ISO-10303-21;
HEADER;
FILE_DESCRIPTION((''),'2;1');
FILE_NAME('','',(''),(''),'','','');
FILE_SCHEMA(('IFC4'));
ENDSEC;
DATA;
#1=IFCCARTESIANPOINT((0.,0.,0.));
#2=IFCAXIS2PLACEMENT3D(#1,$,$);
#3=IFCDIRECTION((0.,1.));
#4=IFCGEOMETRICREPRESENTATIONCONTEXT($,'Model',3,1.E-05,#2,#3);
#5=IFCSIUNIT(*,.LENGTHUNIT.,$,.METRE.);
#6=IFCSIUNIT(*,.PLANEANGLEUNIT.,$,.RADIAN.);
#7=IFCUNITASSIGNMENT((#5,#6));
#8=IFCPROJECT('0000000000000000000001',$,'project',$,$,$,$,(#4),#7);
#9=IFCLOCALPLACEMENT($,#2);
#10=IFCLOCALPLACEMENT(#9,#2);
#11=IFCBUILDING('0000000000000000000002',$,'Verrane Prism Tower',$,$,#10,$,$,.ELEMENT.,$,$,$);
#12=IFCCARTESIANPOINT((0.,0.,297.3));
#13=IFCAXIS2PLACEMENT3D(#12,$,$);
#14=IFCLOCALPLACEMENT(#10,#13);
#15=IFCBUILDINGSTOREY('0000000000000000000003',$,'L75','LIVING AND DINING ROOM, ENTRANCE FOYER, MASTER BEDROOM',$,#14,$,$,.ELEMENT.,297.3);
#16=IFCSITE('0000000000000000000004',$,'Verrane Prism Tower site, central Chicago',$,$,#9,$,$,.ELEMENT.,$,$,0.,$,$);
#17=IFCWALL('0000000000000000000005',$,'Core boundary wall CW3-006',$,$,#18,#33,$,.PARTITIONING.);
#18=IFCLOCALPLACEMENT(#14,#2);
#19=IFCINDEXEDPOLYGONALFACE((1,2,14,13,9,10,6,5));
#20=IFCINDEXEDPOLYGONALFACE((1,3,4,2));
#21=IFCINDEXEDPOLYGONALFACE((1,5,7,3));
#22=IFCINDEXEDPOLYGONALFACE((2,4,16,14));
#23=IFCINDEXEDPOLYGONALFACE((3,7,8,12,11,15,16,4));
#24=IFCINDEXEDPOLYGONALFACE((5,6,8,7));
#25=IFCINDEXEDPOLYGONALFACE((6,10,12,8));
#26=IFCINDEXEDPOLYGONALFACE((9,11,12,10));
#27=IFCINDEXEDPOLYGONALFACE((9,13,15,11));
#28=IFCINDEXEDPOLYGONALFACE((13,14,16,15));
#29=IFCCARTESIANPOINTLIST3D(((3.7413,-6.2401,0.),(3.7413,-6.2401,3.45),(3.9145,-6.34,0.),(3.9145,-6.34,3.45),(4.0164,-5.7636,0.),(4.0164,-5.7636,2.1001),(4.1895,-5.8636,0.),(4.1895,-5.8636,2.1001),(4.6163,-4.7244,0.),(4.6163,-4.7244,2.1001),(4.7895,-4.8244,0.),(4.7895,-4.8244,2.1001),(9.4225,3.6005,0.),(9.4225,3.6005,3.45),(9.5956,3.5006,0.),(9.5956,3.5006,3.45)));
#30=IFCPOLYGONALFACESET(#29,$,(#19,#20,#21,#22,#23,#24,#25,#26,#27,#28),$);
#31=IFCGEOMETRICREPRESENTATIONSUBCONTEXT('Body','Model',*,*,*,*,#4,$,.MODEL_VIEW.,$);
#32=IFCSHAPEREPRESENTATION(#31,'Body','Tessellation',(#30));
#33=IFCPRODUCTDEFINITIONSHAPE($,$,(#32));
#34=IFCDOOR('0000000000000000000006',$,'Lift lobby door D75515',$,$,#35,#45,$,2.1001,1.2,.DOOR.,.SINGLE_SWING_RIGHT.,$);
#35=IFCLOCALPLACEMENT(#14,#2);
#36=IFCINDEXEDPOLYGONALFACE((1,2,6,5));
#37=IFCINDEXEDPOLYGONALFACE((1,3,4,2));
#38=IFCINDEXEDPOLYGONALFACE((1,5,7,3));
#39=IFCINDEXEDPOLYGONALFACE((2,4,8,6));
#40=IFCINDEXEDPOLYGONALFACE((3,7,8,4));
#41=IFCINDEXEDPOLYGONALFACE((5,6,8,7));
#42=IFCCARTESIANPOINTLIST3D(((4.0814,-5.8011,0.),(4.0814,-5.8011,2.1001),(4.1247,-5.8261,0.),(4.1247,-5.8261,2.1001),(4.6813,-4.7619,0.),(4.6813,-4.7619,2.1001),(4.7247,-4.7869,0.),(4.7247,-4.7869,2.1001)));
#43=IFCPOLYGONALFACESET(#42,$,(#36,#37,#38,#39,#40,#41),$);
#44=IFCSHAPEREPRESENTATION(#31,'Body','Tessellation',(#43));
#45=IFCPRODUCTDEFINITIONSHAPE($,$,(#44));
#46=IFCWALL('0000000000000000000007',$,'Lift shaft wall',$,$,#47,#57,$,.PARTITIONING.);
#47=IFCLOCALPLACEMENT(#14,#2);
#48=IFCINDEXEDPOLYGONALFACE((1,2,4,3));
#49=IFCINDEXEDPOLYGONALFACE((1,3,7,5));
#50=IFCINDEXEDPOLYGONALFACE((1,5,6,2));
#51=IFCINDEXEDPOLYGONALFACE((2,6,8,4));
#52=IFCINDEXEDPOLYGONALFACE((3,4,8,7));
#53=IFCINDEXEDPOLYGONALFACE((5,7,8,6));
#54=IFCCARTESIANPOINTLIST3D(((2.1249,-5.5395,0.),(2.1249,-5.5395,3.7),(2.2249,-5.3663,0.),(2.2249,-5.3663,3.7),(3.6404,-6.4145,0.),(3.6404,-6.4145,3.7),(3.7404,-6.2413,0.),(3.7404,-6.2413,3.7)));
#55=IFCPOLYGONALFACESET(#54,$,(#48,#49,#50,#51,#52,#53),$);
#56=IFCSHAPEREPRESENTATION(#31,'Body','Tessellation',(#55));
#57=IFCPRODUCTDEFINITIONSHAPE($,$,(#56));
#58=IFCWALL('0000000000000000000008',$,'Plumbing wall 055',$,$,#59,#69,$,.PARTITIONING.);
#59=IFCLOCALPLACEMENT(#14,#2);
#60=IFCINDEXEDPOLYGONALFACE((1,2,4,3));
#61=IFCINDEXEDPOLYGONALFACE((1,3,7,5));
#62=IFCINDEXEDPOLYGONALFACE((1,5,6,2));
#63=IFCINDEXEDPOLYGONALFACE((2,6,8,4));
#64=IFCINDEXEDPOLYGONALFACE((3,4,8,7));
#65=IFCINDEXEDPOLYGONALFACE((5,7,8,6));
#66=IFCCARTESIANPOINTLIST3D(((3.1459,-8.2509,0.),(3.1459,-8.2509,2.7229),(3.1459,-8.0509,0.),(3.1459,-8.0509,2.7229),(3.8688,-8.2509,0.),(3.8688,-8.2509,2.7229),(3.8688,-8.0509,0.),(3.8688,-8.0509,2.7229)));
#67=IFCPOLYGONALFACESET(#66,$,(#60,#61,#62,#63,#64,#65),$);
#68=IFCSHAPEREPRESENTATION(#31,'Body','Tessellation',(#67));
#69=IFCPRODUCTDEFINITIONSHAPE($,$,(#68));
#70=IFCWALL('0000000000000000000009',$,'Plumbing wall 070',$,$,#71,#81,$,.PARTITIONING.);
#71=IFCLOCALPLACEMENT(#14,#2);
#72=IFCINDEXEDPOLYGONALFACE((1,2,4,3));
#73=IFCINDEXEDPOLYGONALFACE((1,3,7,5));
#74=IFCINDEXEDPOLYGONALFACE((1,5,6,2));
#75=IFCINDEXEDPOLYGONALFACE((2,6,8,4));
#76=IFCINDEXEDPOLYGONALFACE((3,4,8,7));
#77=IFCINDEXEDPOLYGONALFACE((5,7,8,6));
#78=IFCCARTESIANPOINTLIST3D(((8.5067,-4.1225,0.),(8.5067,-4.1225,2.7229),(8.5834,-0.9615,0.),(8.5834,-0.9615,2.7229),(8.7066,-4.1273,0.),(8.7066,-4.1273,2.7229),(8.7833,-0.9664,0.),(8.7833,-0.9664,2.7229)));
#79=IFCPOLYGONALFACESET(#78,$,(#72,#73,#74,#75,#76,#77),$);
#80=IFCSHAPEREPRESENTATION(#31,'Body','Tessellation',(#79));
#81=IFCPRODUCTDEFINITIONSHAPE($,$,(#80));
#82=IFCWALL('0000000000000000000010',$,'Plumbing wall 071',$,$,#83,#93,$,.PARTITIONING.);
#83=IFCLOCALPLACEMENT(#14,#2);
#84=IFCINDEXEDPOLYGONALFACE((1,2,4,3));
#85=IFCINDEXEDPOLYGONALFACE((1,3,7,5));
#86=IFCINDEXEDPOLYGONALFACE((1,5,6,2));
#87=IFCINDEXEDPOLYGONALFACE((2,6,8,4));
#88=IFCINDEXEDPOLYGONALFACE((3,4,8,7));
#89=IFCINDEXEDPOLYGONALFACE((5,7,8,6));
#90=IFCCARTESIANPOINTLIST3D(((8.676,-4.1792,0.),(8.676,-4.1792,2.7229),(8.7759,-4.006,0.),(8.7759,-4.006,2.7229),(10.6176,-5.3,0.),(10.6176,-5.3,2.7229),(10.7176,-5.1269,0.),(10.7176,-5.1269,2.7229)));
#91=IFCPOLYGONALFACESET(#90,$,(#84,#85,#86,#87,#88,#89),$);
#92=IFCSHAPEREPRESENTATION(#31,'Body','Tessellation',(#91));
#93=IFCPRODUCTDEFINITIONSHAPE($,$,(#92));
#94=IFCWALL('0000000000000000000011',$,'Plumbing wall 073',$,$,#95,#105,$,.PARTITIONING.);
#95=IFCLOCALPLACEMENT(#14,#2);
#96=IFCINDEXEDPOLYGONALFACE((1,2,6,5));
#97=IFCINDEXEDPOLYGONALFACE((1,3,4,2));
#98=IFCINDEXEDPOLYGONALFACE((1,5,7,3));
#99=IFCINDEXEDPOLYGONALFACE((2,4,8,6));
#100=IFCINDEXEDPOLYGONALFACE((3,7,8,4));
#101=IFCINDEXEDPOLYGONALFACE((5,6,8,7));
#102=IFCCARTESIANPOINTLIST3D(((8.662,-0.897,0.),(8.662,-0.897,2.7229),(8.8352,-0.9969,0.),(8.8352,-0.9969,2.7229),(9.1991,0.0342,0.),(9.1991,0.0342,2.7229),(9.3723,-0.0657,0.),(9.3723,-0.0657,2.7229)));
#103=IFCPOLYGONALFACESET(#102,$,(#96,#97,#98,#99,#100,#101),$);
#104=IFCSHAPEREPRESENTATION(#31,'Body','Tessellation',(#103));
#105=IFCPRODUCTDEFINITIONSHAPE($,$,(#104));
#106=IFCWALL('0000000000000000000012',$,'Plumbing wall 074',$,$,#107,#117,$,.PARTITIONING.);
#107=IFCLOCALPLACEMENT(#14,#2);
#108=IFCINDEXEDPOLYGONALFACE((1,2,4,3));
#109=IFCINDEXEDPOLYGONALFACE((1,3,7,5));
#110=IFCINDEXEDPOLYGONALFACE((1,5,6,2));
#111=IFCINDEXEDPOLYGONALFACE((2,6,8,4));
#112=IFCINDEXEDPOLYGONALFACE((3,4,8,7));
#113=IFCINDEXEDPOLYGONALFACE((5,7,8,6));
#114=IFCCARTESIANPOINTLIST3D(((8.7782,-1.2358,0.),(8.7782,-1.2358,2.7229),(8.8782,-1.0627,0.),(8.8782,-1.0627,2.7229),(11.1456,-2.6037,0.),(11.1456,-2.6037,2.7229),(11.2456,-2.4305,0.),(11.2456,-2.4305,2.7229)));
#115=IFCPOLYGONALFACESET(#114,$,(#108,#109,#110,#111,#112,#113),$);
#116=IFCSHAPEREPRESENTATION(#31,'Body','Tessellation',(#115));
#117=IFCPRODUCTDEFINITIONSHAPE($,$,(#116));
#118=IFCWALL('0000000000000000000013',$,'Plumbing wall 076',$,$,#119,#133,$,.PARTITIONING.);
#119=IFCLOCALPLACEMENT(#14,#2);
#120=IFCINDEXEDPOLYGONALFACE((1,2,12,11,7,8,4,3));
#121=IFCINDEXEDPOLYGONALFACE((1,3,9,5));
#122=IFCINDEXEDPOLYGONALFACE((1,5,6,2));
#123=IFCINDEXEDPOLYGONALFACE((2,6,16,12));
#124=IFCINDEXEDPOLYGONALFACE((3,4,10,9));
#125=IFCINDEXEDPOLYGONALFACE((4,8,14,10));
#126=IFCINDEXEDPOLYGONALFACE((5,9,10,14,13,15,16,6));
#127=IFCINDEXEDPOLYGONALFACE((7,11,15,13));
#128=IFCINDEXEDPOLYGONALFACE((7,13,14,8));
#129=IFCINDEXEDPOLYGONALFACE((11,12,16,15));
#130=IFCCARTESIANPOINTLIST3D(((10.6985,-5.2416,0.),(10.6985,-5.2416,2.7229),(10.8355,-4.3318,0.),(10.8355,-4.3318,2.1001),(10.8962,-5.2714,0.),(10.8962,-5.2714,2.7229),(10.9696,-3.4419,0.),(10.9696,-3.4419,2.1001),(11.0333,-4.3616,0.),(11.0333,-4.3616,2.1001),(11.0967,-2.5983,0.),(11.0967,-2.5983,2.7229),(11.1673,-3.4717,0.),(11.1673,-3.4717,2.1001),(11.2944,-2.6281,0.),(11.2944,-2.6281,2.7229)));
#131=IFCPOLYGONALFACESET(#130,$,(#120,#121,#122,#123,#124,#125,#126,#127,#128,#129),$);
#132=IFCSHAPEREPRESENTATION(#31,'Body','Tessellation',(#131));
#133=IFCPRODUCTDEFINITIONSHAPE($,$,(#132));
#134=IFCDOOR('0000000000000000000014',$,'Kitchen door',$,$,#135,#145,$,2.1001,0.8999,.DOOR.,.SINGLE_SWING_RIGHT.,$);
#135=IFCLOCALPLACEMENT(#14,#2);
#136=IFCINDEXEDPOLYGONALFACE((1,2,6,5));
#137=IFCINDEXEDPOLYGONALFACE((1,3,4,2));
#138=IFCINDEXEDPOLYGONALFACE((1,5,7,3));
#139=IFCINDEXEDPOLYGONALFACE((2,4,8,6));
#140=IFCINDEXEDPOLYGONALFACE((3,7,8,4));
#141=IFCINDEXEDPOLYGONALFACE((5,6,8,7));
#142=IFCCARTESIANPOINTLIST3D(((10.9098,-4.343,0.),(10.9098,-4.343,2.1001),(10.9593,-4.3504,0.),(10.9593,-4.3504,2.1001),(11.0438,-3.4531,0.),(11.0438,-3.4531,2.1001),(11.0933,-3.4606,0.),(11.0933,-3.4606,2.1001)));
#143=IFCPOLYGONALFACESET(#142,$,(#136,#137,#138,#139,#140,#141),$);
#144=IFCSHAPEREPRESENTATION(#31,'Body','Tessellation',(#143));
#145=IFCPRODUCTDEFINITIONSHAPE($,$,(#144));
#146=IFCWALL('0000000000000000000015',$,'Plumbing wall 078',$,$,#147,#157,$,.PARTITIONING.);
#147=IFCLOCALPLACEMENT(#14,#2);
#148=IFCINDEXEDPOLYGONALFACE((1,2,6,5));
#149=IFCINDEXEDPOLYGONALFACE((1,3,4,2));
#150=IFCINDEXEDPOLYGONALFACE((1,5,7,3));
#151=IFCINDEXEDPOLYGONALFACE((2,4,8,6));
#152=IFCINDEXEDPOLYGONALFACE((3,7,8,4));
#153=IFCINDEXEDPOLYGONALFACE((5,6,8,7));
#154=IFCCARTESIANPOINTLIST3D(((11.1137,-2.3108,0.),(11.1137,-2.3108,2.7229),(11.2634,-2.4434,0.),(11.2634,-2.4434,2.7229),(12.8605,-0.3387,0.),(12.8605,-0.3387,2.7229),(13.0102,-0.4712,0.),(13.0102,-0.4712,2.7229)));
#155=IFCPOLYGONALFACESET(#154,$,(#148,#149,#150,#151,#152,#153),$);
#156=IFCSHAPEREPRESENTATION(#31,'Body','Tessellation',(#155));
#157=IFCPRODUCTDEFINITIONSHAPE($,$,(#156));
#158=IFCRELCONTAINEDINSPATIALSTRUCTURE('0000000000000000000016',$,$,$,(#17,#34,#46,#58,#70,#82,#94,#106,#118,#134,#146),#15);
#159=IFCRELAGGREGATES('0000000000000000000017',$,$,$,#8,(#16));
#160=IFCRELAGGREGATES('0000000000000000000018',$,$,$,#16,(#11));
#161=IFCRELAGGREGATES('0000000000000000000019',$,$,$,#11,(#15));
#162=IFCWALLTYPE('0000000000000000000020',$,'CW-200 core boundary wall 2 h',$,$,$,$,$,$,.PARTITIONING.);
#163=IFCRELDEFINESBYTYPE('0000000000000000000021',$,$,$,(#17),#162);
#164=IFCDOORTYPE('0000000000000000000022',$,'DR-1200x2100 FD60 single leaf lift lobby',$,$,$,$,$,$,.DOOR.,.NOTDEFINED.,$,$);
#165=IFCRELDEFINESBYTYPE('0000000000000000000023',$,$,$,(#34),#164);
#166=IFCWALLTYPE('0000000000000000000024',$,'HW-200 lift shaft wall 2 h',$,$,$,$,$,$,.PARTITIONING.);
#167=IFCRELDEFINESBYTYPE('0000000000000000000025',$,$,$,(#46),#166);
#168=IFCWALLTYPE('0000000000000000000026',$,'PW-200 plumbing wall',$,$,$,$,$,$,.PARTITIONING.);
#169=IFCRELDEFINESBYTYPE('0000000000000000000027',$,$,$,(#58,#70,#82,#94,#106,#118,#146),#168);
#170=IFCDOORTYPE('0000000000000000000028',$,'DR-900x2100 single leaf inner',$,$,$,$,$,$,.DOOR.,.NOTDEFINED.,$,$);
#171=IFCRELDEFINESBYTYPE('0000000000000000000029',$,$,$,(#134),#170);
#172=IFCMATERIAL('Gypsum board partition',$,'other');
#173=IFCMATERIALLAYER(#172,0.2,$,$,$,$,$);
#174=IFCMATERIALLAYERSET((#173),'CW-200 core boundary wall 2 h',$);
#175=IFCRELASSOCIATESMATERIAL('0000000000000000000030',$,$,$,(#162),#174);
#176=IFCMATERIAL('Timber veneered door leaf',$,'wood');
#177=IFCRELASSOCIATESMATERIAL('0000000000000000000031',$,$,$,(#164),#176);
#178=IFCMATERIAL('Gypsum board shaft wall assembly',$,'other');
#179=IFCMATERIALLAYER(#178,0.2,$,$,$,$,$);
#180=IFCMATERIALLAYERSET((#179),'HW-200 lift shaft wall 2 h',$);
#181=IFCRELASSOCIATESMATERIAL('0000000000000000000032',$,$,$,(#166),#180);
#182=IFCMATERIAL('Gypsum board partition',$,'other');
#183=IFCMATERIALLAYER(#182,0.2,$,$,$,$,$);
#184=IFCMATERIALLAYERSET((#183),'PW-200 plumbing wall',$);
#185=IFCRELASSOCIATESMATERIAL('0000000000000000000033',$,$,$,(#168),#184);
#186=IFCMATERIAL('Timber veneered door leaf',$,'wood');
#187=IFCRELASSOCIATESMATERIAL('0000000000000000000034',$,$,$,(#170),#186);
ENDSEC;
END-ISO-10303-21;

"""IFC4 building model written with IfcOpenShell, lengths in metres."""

from ifc_helpers import new_model, si_unit, direction, frame, frame_2d, origin, place, context, subcontext, project, spatial, rectangle, extrude, material, layer, layer_set, type_object, element, fill, save


model = new_model("IFC4")

# Units and contexts
model_context = context("Model", 3, precision=1e-05, world=origin(), true_north=direction((0.0, 1.0)))
body_context = subcontext(model_context, "Body", "Model", "MODEL_VIEW")
ifc_project = project(units=[si_unit("LENGTHUNIT", "METRE"), si_unit("PLANEANGLEUNIT", "RADIAN")], contexts=[model_context])

# Site, building, storey
site_placement = place(None, origin())
site = spatial("IfcSite", under=ifc_project, at=site_placement, Name="Verrane Prism Tower site, central Chicago", CompositionType="ELEMENT", RefElevation=0.0)
building_placement = place(site_placement, origin())
building = spatial("IfcBuilding", under=site, at=building_placement, Name="Verrane Prism Tower", CompositionType="ELEMENT")
storey_placement = place(building_placement, frame((0.0, 0.0, 297.3)))
storey = spatial("IfcBuildingStorey", under=building, at=storey_placement, Name="L75", Description="LIVING AND DINING ROOM, ENTRANCE FOYER, MASTER BEDROOM", CompositionType="ELEMENT", Elevation=297.3)

# Wall, opening, door
ifc_material_1 = material(Name="Gypsum board partition", Category="other")
ifc_layer_1 = layer(ifc_material_1, 0.2)
ifc_layer_set_1 = layer_set([ifc_layer_1], Name="CW-200 core boundary wall 2 h")
wall_type_1 = type_object("IfcWallType", Name="CW-200 core boundary wall 2 h", PredefinedType="PARTITIONING", material=ifc_layer_set_1)
wall_1_placement = place(storey_placement, frame((3.8279, -6.29, 0.0), z_axis=(0.0, 0.0, 1.0), x_axis=(0.49998, 0.866037, 0.0)))
wall_1 = element("IfcWall", 1, at=wall_1_placement, inside=storey, type_object=wall_type_1, Name="Core boundary wall CW3-006", PredefinedType="PARTITIONING", context=body_context, shape_type="SweptSolid", body=[
    extrude(rectangle(XDim=11.3628, YDim=0.2, at=frame_2d((5.6814, 0.0))), origin(), (0.0, 0.0, 1.0), 3.45),
])
opening_1_placement = place(wall_1_placement, frame((0.55, 0.0, 0.0)))
opening_1 = element("IfcOpeningElement", 2, at=opening_1_placement, cuts=wall_1, PredefinedType="OPENING", context=body_context, shape_type="SweptSolid", body=[
    extrude(rectangle(XDim=1.2, YDim=2.1001, at=frame_2d((0.6001, 1.05))), frame((0.0, 0.1099, 0.0), z_axis=(0.0, -1.0, 0.0), x_axis=(1.0, 0.0, 0.0)), (0.0, 0.0, 1.0), 0.22),
])
ifc_material_2 = material(Name="Timber veneered door leaf", Category="wood")
door_type_1 = type_object("IfcDoorType", Name="DR-1200x2100 FD60 single leaf lift lobby", OperationType="NOTDEFINED", PredefinedType="DOOR", material=ifc_material_2)
door_1_placement = place(opening_1_placement, origin())
door_1 = element("IfcDoor", 3, at=door_1_placement, inside=storey, type_object=door_type_1, Name="Lift lobby door D75515", OperationType="SINGLE_SWING_RIGHT", OverallHeight=2.1001, OverallWidth=1.2, PredefinedType="DOOR", context=body_context, shape_type="SweptSolid", body=[
    extrude(rectangle(XDim=1.2, YDim=2.1001, at=frame_2d((0.6001, 1.05))), frame((0.0, 0.0249, 0.0), z_axis=(0.0, -1.0, 0.0), x_axis=(1.0, 0.0, 0.0)), (0.0, 0.0, 1.0), 0.05),
])
fill(opening_1, door_1)

# Walls
ifc_material_3 = material(Name="Gypsum board shaft wall assembly", Category="other")
ifc_layer_2 = layer(ifc_material_3, 0.2)
ifc_layer_set_2 = layer_set([ifc_layer_2], Name="HW-200 lift shaft wall 2 h")
wall_type_2 = type_object("IfcWallType", Name="HW-200 lift shaft wall 2 h", PredefinedType="PARTITIONING", material=ifc_layer_set_2)
wall_2_placement = place(storey_placement, frame((3.6904, -6.3279, 0.0), z_axis=(0.0, 0.0, 1.0), x_axis=(-0.866037, 0.49998, 0.0)))
element("IfcWall", 4, at=wall_2_placement, inside=storey, type_object=wall_type_2, Name="Lift shaft wall", PredefinedType="PARTITIONING", context=body_context, shape_type="SweptSolid", body=[
    extrude(rectangle(XDim=1.75, YDim=0.2, at=frame_2d((0.875, 0.0))), origin(), (0.0, 0.0, 1.0), 3.7),
])
ifc_material_4 = material(Name="Gypsum board partition", Category="other")
ifc_layer_3 = layer(ifc_material_4, 0.2)
ifc_layer_set_3 = layer_set([ifc_layer_3], Name="PW-200 plumbing wall")
wall_type_3 = type_object("IfcWallType", Name="PW-200 plumbing wall", PredefinedType="PARTITIONING", material=ifc_layer_set_3)
wall_3_placement = place(storey_placement, frame((3.146, -8.1509, 0.0), z_axis=(0.0, 0.0, 1.0), x_axis=(1.0, 0.0, 0.0)))
element("IfcWall", 5, at=wall_3_placement, inside=storey, type_object=wall_type_3, Name="Plumbing wall 055", PredefinedType="PARTITIONING", context=body_context, shape_type="SweptSolid", body=[
    extrude(rectangle(XDim=0.7229, YDim=0.2, at=frame_2d((0.3613, 0.0))), origin(), (0.0, 0.0, 1.0), 2.7229),
])
wall_4_placement = place(storey_placement, frame((8.6067, -4.125, 0.0), z_axis=(0.0, 0.0, 1.0), x_axis=(0.024246, 0.999706, 0.0)))
element("IfcWall", 6, at=wall_4_placement, inside=storey, type_object=wall_type_3, Name="Plumbing wall 070", PredefinedType="PARTITIONING", context=body_context, shape_type="SweptSolid", body=[
    extrude(rectangle(XDim=3.1619, YDim=0.2, at=frame_2d((1.5811, 0.0))), origin(), (0.0, 0.0, 1.0), 2.7229),
])
wall_5_placement = place(storey_placement, frame((8.7258, -4.0925, 0.0), z_axis=(0.0, 0.0, 1.0), x_axis=(0.866057, -0.499946, 0.0)))
element("IfcWall", 7, at=wall_5_placement, inside=storey, type_object=wall_type_3, Name="Plumbing wall 071", PredefinedType="PARTITIONING", context=body_context, shape_type="SweptSolid", body=[
    extrude(rectangle(XDim=2.2419, YDim=0.2, at=frame_2d((1.1211, 0.0))), origin(), (0.0, 0.0, 1.0), 2.7229),
])
wall_6_placement = place(storey_placement, frame((8.7485, -0.947, 0.0), z_axis=(0.0, 0.0, 1.0), x_axis=(0.499657, 0.866223, 0.0)))
element("IfcWall", 8, at=wall_6_placement, inside=storey, type_object=wall_type_3, Name="Plumbing wall 073", PredefinedType="PARTITIONING", context=body_context, shape_type="SweptSolid", body=[
    extrude(rectangle(XDim=1.075, YDim=0.2, at=frame_2d((0.5376, 0.0))), origin(), (0.0, 0.0, 1.0), 2.7229),
])
wall_7_placement = place(storey_placement, frame((8.8281, -1.1492, 0.0), z_axis=(0.0, 0.0, 1.0), x_axis=(0.865854, -0.500297, 0.0)))
element("IfcWall", 9, at=wall_7_placement, inside=storey, type_object=wall_type_3, Name="Plumbing wall 074", PredefinedType="PARTITIONING", context=body_context, shape_type="SweptSolid", body=[
    extrude(rectangle(XDim=2.7341, YDim=0.2, at=frame_2d((1.3672, 0.0))), origin(), (0.0, 0.0, 1.0), 2.7229),
])

# Wall, opening, door
wall_8_placement = place(storey_placement, frame((10.7974, -5.2563, 0.0), z_axis=(0.0, 0.0, 1.0), x_axis=(0.148961, 0.988843, 0.0)))
wall_8 = element("IfcWall", 10, at=wall_8_placement, inside=storey, type_object=wall_type_3, Name="Plumbing wall 076", PredefinedType="PARTITIONING", context=body_context, shape_type="SweptSolid", body=[
    extrude(rectangle(XDim=2.6731, YDim=0.2, at=frame_2d((1.3364, 0.0))), origin(), (0.0, 0.0, 1.0), 2.7229),
])
opening_2_placement = place(wall_8_placement, frame((0.9199, 0.0, 0.0)))
opening_2 = element("IfcOpeningElement", 11, at=opening_2_placement, cuts=wall_8, PredefinedType="OPENING", context=body_context, shape_type="SweptSolid", body=[
    extrude(rectangle(XDim=0.8999, YDim=2.1001, at=frame_2d((0.45, 1.05))), frame((0.0, 0.1099, 0.0), z_axis=(0.0, -1.0, 0.0), x_axis=(1.0, 0.0, 0.0)), (0.0, 0.0, 1.0), 0.22),
])
ifc_material_5 = material(Name="Timber veneered door leaf", Category="wood")
door_type_2 = type_object("IfcDoorType", Name="DR-900x2100 single leaf inner", OperationType="NOTDEFINED", PredefinedType="DOOR", material=ifc_material_5)
door_2_placement = place(opening_2_placement, origin())
door_2 = element("IfcDoor", 12, at=door_2_placement, inside=storey, type_object=door_type_2, Name="Kitchen door", OperationType="SINGLE_SWING_RIGHT", OverallHeight=2.1001, OverallWidth=0.8999, PredefinedType="DOOR", context=body_context, shape_type="SweptSolid", body=[
    extrude(rectangle(XDim=0.8999, YDim=2.1001, at=frame_2d((0.45, 1.05))), frame((0.0, 0.0249, 0.0), z_axis=(0.0, -1.0, 0.0), x_axis=(1.0, 0.0, 0.0)), (0.0, 0.0, 1.0), 0.05),
])
fill(opening_2, door_2)

# Wall
wall_9_placement = place(storey_placement, frame((11.1885, -2.3772, 0.0), z_axis=(0.0, 0.0, 1.0), x_axis=(0.663046, 0.748579, 0.0)))
element("IfcWall", 13, at=wall_9_placement, inside=storey, type_object=wall_type_3, Name="Plumbing wall 078", PredefinedType="PARTITIONING", context=body_context, shape_type="SweptSolid", body=[
    extrude(rectangle(XDim=2.6345, YDim=0.2, at=frame_2d((1.3174, 0.0))), origin(), (0.0, 0.0, 1.0), 2.7229),
])

save(model, "model.ifc")
